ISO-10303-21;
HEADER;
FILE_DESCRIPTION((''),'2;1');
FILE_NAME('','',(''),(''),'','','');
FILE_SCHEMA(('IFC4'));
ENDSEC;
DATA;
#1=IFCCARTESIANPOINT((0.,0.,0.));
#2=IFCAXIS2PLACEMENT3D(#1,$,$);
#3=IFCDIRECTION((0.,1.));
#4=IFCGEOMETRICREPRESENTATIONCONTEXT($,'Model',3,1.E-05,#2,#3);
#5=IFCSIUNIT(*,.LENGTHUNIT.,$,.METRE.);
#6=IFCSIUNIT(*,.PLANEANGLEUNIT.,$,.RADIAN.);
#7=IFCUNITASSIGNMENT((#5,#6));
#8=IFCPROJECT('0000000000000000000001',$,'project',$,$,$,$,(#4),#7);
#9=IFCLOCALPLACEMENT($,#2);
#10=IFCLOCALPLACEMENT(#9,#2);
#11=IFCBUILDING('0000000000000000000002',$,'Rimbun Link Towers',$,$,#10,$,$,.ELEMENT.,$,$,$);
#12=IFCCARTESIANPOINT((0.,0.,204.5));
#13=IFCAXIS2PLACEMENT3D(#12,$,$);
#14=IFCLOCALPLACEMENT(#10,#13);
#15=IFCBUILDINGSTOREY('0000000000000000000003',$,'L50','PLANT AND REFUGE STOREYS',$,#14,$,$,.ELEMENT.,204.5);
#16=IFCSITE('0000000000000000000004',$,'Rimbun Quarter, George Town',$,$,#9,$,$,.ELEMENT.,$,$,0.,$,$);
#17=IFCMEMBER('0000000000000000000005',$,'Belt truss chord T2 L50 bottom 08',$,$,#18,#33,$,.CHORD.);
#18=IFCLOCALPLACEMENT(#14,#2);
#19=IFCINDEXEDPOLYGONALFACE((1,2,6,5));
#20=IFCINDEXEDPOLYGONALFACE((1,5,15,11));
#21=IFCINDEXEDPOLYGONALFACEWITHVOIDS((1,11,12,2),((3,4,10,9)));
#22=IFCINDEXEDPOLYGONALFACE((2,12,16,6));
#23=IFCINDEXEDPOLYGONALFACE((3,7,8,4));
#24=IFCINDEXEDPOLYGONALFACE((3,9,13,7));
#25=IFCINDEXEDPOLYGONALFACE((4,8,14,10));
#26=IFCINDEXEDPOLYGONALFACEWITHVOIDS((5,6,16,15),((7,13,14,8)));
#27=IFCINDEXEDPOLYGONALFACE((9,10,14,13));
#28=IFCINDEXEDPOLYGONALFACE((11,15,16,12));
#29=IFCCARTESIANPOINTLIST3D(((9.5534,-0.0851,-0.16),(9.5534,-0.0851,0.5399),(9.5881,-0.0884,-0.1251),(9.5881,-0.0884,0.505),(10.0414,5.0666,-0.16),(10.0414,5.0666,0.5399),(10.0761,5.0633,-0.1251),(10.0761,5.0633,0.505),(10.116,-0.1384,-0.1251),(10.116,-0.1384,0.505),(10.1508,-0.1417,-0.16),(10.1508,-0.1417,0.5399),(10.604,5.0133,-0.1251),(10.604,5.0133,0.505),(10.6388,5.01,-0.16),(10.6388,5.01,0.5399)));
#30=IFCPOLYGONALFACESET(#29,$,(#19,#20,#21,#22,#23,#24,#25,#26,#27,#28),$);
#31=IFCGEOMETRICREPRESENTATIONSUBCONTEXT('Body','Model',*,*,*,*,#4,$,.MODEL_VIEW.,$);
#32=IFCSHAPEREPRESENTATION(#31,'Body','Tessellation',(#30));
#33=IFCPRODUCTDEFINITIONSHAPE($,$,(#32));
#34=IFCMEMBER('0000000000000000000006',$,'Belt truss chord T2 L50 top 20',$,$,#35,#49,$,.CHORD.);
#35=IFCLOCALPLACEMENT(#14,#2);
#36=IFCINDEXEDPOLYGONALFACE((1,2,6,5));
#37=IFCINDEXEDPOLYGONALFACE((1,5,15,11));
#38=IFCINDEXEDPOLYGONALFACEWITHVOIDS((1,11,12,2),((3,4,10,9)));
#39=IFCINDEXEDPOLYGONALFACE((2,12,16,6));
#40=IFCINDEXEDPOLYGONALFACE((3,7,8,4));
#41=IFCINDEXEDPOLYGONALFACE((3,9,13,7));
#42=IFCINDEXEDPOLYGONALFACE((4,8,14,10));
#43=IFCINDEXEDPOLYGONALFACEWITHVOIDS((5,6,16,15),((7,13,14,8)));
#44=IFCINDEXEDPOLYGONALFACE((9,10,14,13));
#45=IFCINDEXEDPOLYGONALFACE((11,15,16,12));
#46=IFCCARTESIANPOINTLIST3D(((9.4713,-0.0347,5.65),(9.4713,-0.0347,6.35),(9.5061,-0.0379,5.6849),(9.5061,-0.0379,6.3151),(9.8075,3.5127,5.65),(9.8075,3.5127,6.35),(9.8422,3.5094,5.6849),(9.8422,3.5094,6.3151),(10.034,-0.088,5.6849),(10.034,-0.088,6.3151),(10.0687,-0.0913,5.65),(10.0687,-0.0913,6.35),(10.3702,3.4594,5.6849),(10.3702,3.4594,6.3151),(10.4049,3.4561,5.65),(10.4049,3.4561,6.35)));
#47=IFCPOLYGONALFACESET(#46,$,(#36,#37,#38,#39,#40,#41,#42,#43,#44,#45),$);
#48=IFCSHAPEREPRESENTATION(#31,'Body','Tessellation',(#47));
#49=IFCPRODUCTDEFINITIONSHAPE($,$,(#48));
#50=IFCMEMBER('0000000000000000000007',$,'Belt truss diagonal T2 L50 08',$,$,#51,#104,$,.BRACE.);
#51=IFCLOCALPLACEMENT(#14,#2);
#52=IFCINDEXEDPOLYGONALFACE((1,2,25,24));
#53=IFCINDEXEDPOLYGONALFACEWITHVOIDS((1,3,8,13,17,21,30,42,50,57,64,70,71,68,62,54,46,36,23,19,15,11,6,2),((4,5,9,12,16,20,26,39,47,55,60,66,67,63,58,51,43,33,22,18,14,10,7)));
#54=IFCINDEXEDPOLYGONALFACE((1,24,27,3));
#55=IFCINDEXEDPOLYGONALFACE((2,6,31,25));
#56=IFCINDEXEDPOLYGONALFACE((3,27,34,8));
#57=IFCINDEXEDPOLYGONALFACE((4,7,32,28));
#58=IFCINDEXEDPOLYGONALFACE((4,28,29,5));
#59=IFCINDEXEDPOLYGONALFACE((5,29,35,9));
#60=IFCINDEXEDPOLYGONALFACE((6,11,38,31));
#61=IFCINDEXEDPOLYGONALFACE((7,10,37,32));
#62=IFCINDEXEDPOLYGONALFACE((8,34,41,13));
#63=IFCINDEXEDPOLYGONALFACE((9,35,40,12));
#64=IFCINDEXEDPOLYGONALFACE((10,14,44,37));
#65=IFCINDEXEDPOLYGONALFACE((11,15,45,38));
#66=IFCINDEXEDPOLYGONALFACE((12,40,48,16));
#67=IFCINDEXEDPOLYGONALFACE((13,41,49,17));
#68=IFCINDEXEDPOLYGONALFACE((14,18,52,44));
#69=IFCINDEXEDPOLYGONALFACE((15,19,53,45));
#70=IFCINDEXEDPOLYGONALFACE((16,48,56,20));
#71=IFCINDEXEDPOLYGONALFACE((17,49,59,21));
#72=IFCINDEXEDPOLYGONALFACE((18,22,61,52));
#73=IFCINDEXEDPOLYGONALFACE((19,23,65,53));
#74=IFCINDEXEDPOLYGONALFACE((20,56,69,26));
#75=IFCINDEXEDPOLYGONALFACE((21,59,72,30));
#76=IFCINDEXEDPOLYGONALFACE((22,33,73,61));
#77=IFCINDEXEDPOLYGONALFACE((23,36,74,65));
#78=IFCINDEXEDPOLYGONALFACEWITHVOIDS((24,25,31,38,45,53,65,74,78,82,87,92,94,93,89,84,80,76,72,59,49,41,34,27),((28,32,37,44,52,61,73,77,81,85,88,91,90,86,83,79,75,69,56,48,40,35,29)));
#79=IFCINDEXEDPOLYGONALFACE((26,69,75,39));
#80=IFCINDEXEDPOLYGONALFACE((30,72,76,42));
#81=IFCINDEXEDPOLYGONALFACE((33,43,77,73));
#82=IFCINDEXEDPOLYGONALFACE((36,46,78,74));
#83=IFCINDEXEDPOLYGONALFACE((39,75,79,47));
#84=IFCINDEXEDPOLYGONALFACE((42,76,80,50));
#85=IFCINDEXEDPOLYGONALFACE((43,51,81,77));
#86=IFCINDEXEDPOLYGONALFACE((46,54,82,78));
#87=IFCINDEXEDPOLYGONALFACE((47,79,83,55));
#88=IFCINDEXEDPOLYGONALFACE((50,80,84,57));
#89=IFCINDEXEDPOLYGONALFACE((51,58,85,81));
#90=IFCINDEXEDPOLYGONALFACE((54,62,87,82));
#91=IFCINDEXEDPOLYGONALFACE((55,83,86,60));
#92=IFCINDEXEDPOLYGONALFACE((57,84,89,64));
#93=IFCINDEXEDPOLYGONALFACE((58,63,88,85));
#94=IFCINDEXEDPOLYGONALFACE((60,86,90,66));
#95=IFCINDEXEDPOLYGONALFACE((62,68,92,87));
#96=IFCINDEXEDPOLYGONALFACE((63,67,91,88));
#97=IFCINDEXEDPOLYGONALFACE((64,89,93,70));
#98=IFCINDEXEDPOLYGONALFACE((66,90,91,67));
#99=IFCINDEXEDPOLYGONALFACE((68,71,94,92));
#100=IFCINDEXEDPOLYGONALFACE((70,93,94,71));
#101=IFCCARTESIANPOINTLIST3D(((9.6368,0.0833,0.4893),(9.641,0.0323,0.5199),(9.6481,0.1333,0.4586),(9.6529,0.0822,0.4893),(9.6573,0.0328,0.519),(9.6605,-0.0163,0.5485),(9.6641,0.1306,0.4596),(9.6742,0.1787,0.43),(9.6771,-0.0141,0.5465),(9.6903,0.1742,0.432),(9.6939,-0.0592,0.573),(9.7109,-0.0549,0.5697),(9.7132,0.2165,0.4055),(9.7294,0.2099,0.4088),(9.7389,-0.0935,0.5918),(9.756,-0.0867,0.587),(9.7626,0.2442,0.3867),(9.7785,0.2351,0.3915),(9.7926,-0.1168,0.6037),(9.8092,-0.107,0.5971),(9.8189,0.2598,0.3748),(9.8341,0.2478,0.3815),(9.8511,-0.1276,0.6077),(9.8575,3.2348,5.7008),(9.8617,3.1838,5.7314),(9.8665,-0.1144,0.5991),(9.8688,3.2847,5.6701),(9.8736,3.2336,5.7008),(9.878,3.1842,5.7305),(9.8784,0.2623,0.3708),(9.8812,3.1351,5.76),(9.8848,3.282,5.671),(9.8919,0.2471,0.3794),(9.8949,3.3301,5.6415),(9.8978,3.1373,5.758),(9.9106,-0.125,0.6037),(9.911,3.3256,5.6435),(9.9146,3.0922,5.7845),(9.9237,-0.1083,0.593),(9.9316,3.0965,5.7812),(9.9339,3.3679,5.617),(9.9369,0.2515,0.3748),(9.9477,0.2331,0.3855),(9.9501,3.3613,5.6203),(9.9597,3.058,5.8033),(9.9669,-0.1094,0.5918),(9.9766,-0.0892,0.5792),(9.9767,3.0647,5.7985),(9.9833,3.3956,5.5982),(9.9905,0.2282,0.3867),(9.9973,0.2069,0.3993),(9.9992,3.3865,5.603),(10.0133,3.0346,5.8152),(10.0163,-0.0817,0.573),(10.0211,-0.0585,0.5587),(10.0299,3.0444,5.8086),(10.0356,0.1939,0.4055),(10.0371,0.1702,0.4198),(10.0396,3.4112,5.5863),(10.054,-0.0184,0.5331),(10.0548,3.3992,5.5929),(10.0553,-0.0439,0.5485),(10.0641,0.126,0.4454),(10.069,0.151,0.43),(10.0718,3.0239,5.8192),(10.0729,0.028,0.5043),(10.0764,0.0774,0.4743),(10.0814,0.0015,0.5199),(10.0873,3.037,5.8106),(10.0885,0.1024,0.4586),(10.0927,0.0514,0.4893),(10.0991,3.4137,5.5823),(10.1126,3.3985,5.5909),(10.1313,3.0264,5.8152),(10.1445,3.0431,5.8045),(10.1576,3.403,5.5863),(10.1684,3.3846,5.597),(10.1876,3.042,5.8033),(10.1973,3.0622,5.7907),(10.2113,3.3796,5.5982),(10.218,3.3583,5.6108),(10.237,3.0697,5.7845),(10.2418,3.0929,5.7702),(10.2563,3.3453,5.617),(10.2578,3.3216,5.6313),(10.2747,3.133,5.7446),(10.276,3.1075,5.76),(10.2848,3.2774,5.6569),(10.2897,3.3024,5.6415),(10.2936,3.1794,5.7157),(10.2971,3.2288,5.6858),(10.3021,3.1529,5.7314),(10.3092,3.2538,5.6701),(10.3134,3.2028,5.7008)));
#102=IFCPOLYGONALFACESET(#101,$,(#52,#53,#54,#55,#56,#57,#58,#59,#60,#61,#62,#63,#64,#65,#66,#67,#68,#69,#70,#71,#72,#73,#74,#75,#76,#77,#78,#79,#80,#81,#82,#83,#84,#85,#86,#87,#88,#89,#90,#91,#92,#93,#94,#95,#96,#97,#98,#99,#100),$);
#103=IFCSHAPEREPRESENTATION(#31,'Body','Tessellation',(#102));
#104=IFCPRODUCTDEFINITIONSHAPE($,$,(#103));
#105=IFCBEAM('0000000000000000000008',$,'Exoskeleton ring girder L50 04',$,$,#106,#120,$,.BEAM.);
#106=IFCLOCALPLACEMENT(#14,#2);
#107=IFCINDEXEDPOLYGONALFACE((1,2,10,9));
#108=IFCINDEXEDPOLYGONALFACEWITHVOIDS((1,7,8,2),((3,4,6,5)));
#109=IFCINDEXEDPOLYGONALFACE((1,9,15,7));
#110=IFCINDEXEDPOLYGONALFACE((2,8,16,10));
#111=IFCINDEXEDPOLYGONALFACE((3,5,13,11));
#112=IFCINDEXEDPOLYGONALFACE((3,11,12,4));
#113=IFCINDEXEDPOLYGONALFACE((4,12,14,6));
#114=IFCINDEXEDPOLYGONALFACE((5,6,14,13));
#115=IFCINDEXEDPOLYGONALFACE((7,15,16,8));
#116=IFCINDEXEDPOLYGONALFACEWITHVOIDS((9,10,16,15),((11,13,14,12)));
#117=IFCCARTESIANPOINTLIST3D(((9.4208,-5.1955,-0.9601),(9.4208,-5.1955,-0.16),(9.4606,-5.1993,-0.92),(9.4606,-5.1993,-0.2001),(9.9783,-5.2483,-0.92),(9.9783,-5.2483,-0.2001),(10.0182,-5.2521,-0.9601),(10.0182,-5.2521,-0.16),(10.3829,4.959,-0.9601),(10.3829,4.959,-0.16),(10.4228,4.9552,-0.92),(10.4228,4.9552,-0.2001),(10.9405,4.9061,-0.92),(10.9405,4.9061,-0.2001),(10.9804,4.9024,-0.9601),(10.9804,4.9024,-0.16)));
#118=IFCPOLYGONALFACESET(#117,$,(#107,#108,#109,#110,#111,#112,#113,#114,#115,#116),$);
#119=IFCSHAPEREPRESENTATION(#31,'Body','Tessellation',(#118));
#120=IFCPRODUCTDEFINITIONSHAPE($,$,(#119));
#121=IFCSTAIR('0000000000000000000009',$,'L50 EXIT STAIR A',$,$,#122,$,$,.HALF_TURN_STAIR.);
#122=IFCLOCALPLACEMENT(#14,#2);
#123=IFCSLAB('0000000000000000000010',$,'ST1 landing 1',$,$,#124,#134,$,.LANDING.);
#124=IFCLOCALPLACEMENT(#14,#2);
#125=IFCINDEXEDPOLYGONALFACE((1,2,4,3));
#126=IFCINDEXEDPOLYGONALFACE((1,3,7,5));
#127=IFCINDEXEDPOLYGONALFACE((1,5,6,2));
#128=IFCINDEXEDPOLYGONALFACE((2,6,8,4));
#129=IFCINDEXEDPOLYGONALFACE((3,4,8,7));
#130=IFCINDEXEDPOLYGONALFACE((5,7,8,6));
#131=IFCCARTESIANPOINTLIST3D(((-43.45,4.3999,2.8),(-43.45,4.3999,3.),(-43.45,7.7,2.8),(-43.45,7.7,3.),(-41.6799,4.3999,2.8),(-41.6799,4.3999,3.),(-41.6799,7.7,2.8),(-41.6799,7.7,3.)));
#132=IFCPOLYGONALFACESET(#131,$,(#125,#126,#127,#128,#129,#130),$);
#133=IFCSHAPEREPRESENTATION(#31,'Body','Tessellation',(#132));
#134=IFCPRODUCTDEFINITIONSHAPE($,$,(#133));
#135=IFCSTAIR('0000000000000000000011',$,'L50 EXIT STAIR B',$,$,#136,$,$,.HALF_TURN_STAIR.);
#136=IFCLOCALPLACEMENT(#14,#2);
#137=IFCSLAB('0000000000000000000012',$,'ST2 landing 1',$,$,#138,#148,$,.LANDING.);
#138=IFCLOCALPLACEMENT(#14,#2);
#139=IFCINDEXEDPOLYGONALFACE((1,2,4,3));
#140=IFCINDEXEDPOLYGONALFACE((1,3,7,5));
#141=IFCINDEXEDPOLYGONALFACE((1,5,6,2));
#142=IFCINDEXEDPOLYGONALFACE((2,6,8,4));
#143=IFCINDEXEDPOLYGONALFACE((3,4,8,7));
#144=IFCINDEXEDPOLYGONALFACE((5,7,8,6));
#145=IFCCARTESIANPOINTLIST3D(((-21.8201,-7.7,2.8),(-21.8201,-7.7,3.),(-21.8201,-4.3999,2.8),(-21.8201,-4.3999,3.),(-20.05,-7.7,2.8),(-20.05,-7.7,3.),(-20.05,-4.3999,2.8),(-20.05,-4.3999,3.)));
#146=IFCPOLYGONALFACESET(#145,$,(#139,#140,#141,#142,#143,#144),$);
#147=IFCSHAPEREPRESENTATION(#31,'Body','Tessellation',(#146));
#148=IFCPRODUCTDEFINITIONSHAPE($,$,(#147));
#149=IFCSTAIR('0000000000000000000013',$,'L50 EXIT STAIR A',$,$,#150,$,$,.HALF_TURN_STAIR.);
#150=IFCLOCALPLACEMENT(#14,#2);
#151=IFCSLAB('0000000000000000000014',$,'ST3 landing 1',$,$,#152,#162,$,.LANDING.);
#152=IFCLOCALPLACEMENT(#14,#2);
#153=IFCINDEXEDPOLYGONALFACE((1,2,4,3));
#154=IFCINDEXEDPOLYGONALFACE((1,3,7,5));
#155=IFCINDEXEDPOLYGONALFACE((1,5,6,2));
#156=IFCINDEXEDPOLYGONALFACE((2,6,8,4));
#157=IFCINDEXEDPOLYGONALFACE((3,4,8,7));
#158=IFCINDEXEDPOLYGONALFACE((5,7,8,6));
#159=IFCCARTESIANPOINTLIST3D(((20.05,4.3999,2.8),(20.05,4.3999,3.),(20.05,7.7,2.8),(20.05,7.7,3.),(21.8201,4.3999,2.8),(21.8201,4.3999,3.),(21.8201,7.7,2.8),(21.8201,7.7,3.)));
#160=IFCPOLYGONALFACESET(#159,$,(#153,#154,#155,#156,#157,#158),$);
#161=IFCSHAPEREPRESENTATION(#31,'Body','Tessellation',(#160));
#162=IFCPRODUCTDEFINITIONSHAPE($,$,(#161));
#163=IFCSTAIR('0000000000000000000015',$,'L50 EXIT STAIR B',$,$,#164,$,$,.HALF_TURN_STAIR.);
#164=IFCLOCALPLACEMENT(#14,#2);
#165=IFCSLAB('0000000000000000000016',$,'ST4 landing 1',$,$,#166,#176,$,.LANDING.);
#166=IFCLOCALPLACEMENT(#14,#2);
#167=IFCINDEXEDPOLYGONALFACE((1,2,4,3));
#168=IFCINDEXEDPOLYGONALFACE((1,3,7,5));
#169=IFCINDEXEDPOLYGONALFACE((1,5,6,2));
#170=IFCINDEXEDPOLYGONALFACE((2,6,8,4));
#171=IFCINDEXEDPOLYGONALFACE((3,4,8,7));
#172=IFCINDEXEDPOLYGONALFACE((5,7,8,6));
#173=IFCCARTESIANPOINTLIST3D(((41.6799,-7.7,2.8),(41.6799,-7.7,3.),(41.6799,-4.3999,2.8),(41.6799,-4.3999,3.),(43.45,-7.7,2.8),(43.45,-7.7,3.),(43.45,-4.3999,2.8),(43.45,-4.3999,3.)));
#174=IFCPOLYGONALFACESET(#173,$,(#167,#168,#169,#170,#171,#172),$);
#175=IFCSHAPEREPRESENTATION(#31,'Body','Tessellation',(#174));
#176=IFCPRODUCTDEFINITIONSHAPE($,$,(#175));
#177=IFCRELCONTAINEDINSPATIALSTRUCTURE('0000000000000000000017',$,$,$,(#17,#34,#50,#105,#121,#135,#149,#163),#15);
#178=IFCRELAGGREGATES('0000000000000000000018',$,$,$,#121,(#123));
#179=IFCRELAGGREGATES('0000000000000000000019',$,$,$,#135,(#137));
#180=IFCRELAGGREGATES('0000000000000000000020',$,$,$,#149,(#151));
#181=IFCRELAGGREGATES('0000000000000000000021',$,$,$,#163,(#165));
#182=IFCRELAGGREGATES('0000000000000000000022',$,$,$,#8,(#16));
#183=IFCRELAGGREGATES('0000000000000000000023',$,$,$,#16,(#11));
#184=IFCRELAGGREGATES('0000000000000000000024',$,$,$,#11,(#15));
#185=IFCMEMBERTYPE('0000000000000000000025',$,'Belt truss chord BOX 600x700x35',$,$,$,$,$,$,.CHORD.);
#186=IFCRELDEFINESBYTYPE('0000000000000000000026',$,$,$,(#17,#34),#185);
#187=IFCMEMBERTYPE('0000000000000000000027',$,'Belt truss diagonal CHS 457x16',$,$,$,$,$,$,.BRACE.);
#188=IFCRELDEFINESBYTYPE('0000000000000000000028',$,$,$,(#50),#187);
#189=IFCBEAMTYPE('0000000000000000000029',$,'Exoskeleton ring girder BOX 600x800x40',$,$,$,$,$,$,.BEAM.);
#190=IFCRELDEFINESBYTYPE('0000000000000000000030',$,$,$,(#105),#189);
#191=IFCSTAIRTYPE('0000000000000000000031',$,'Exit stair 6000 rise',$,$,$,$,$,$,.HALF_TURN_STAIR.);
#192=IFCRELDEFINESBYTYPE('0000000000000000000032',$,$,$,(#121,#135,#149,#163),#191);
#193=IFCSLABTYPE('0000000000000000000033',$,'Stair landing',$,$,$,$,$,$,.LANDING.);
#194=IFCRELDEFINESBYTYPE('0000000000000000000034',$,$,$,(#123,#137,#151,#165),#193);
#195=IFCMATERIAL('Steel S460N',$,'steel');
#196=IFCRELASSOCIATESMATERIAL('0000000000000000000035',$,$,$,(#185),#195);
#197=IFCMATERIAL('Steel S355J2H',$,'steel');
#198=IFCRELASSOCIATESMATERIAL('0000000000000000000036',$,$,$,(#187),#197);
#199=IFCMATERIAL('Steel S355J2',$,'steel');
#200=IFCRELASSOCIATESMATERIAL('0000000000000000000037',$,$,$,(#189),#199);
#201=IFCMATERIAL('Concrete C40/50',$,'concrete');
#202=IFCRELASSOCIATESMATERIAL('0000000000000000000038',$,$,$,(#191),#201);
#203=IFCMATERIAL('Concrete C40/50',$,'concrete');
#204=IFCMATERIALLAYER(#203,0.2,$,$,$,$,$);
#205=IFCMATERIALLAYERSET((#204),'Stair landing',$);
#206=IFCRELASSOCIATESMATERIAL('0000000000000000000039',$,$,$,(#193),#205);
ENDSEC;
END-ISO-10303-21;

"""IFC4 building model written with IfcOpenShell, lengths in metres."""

from ifc_helpers import new_model, si_unit, direction, frame, origin, origin_2d, place, context, subcontext, project, spatial, polyline, hollow_rectangle, hollow_circle, outline, extrude, material, layer, layer_set, material_profile, profile_set, type_object, element, aggregate, save


model = new_model("IFC4")

# Units and contexts
model_context = context("Model", 3, precision=1e-05, world=origin(), true_north=direction((0.0, 1.0)))
body_context = subcontext(model_context, "Body", "Model", "MODEL_VIEW")
ifc_project = project(units=[si_unit("LENGTHUNIT", "METRE"), si_unit("PLANEANGLEUNIT", "RADIAN")], contexts=[model_context])

# Site, building, storey
site_placement = place(None, origin())
site = spatial("IfcSite", under=ifc_project, at=site_placement, Name="Rimbun Quarter, George Town", CompositionType="ELEMENT", RefElevation=0.0)
building_placement = place(site_placement, origin())
building = spatial("IfcBuilding", under=site, at=building_placement, Name="Rimbun Link Towers", CompositionType="ELEMENT")
storey_placement = place(building_placement, frame((0.0, 0.0, 204.5)))
storey = spatial("IfcBuildingStorey", under=building, at=storey_placement, Name="L50", Description="PLANT AND REFUGE STOREYS", CompositionType="ELEMENT", Elevation=204.5)

# Members
ifc_material_1 = material(Name="Steel S460N", Category="steel")
ifc_material_profile_1 = material_profile(ifc_material_1, hollow_rectangle(XDim=0.6001, YDim=0.7, WallThickness=0.0349, at=origin_2d()), Name="Belt truss chord BOX 600x700x35")
ifc_profile_set_1 = profile_set([ifc_material_profile_1], Name="Steel S460N")
member_type_1 = type_object("IfcMemberType", Name="Belt truss chord BOX 600x700x35", PredefinedType="CHORD", material=ifc_profile_set_1)
member_1_placement = place(storey_placement, frame((10.3401, 5.0383, 0.1899), z_axis=(-0.094308, -0.995543, 0.0), x_axis=(0.995543, -0.094308, 0.0)))
element("IfcMember", 1, at=member_1_placement, inside=storey, type_object=member_type_1, Name="Belt truss chord T2 L50 bottom 08", PredefinedType="CHORD", context=body_context, shape_type="SweptSolid", body=[
    extrude(hollow_rectangle(XDim=0.6001, YDim=0.7, WallThickness=0.0349, at=origin_2d()), origin(), (0.0, 0.0, 1.0), 5.1748),
])
member_2_placement = place(storey_placement, frame((10.1062, 3.4844, 6.0), z_axis=(-0.094347, -0.995539, 0.0), x_axis=(0.995539, -0.094347, 0.0)))
element("IfcMember", 2, at=member_2_placement, inside=storey, type_object=member_type_1, Name="Belt truss chord T2 L50 top 20", PredefinedType="CHORD", context=body_context, shape_type="SweptSolid", body=[
    extrude(hollow_rectangle(XDim=0.6001, YDim=0.7, WallThickness=0.0349, at=origin_2d()), origin(), (0.0, 0.0, 1.0), 3.5632),
])
ifc_material_2 = material(Name="Steel S355J2H", Category="steel")
ifc_material_profile_2 = material_profile(ifc_material_2, hollow_circle(Radius=0.2285, WallThickness=0.0161, at=origin_2d()), Name="Belt truss diagonal CHS 457x16")
ifc_profile_set_2 = profile_set([ifc_material_profile_2], Name="Steel S355J2H")
member_type_2 = type_object("IfcMemberType", Name="Belt truss diagonal CHS 457x16", PredefinedType="BRACE", material=ifc_profile_set_2)
member_3_placement = place(storey_placement, frame((9.8647, 0.0674, 0.4893), z_axis=(0.036216, 0.517113, 0.855151), x_axis=(-0.997557, 0.069863, 0.0)))
element("IfcMember", 3, at=member_3_placement, inside=storey, type_object=member_type_2, Name="Belt truss diagonal T2 L50 08", PredefinedType="BRACE", context=body_context, shape_type="SweptSolid", body=[
    extrude(hollow_circle(Radius=0.2285, WallThickness=0.0161, at=origin_2d()), origin(), (0.0, 0.0, 1.0), 6.0942),
])

# Beam
ifc_material_3 = material(Name="Steel S355J2", Category="steel")
ifc_material_profile_3 = material_profile(ifc_material_3, hollow_rectangle(XDim=0.6001, YDim=0.8, WallThickness=0.04, at=origin_2d()), Name="Exoskeleton ring girder BOX 600x800x40")
ifc_profile_set_3 = profile_set([ifc_material_profile_3], Name="Steel S355J2")
beam_type = type_object("IfcBeamType", Name="Exoskeleton ring girder BOX 600x800x40", PredefinedType="BEAM", material=ifc_profile_set_3)
beam_placement = place(storey_placement, frame((10.6816, 4.9307, -0.5601), z_axis=(-0.094329, -0.995541, 0.0), x_axis=(0.995541, -0.094329, 0.0)))
element("IfcBeam", 4, at=beam_placement, inside=storey, type_object=beam_type, Name="Exoskeleton ring girder L50 04", PredefinedType="BEAM", context=body_context, shape_type="SweptSolid", body=[
    extrude(hollow_rectangle(XDim=0.6001, YDim=0.8, WallThickness=0.04, at=origin_2d()), origin(), (0.0, 0.0, 1.0), 10.2),
])

# Stairs, slabs
ifc_material_4 = material(Name="Concrete C40/50", Category="concrete")
stair_type = type_object("IfcStairType", Name="Exit stair 6000 rise", PredefinedType="HALF_TURN_STAIR", material=ifc_material_4)
stair_1_placement = place(storey_placement, origin())
stair_1 = element("IfcStair", 5, at=stair_1_placement, inside=storey, type_object=stair_type, Name="L50 EXIT STAIR A", PredefinedType="HALF_TURN_STAIR")
ifc_material_5 = material(Name="Concrete C40/50", Category="concrete")
ifc_layer = layer(ifc_material_5, 0.2)
ifc_layer_set = layer_set([ifc_layer], Name="Stair landing")
slab_type = type_object("IfcSlabType", Name="Stair landing", PredefinedType="LANDING", material=ifc_layer_set)
slab_1_placement = place(storey_placement, frame((0.0, 0.0, 2.8)))
slab_1 = element("IfcSlab", 6, at=slab_1_placement, type_object=slab_type, Name="ST1 landing 1", PredefinedType="LANDING", context=body_context, shape_type="SweptSolid", body=[
    extrude(outline(polyline([(-41.6799, 7.7), (-43.45, 7.7), (-43.45, 4.3999), (-41.6799, 4.3999), (-41.6799, 7.7)])), origin(), (0.0, 0.0, 1.0), 0.2),
])
aggregate(stair_1, [slab_1])
stair_2_placement = place(storey_placement, origin())
stair_2 = element("IfcStair", 7, at=stair_2_placement, inside=storey, type_object=stair_type, Name="L50 EXIT STAIR B", PredefinedType="HALF_TURN_STAIR")
slab_2_placement = place(storey_placement, frame((0.0, 0.0, 2.8)))
slab_2 = element("IfcSlab", 8, at=slab_2_placement, type_object=slab_type, Name="ST2 landing 1", PredefinedType="LANDING", context=body_context, shape_type="SweptSolid", body=[
    extrude(outline(polyline([(-21.8201, -7.7), (-20.05, -7.7), (-20.05, -4.3999), (-21.8201, -4.3999), (-21.8201, -7.7)])), origin(), (0.0, 0.0, 1.0), 0.2),
])
aggregate(stair_2, [slab_2])
stair_3_placement = place(storey_placement, origin())
stair_3 = element("IfcStair", 9, at=stair_3_placement, inside=storey, type_object=stair_type, Name="L50 EXIT STAIR A", PredefinedType="HALF_TURN_STAIR")
slab_3_placement = place(storey_placement, frame((0.0, 0.0, 2.8)))
slab_3 = element("IfcSlab", 10, at=slab_3_placement, type_object=slab_type, Name="ST3 landing 1", PredefinedType="LANDING", context=body_context, shape_type="SweptSolid", body=[
    extrude(outline(polyline([(21.8201, 7.7), (20.05, 7.7), (20.05, 4.3999), (21.8201, 4.3999), (21.8201, 7.7)])), origin(), (0.0, 0.0, 1.0), 0.2),
])
aggregate(stair_3, [slab_3])
stair_4_placement = place(storey_placement, origin())
stair_4 = element("IfcStair", 11, at=stair_4_placement, inside=storey, type_object=stair_type, Name="L50 EXIT STAIR B", PredefinedType="HALF_TURN_STAIR")
slab_4_placement = place(storey_placement, frame((0.0, 0.0, 2.8)))
slab_4 = element("IfcSlab", 12, at=slab_4_placement, type_object=slab_type, Name="ST4 landing 1", PredefinedType="LANDING", context=body_context, shape_type="SweptSolid", body=[
    extrude(outline(polyline([(41.6799, -7.7), (43.45, -7.7), (43.45, -4.3999), (41.6799, -4.3999), (41.6799, -7.7)])), origin(), (0.0, 0.0, 1.0), 0.2),
])
aggregate(stair_4, [slab_4])

save(model, "model.ifc")
